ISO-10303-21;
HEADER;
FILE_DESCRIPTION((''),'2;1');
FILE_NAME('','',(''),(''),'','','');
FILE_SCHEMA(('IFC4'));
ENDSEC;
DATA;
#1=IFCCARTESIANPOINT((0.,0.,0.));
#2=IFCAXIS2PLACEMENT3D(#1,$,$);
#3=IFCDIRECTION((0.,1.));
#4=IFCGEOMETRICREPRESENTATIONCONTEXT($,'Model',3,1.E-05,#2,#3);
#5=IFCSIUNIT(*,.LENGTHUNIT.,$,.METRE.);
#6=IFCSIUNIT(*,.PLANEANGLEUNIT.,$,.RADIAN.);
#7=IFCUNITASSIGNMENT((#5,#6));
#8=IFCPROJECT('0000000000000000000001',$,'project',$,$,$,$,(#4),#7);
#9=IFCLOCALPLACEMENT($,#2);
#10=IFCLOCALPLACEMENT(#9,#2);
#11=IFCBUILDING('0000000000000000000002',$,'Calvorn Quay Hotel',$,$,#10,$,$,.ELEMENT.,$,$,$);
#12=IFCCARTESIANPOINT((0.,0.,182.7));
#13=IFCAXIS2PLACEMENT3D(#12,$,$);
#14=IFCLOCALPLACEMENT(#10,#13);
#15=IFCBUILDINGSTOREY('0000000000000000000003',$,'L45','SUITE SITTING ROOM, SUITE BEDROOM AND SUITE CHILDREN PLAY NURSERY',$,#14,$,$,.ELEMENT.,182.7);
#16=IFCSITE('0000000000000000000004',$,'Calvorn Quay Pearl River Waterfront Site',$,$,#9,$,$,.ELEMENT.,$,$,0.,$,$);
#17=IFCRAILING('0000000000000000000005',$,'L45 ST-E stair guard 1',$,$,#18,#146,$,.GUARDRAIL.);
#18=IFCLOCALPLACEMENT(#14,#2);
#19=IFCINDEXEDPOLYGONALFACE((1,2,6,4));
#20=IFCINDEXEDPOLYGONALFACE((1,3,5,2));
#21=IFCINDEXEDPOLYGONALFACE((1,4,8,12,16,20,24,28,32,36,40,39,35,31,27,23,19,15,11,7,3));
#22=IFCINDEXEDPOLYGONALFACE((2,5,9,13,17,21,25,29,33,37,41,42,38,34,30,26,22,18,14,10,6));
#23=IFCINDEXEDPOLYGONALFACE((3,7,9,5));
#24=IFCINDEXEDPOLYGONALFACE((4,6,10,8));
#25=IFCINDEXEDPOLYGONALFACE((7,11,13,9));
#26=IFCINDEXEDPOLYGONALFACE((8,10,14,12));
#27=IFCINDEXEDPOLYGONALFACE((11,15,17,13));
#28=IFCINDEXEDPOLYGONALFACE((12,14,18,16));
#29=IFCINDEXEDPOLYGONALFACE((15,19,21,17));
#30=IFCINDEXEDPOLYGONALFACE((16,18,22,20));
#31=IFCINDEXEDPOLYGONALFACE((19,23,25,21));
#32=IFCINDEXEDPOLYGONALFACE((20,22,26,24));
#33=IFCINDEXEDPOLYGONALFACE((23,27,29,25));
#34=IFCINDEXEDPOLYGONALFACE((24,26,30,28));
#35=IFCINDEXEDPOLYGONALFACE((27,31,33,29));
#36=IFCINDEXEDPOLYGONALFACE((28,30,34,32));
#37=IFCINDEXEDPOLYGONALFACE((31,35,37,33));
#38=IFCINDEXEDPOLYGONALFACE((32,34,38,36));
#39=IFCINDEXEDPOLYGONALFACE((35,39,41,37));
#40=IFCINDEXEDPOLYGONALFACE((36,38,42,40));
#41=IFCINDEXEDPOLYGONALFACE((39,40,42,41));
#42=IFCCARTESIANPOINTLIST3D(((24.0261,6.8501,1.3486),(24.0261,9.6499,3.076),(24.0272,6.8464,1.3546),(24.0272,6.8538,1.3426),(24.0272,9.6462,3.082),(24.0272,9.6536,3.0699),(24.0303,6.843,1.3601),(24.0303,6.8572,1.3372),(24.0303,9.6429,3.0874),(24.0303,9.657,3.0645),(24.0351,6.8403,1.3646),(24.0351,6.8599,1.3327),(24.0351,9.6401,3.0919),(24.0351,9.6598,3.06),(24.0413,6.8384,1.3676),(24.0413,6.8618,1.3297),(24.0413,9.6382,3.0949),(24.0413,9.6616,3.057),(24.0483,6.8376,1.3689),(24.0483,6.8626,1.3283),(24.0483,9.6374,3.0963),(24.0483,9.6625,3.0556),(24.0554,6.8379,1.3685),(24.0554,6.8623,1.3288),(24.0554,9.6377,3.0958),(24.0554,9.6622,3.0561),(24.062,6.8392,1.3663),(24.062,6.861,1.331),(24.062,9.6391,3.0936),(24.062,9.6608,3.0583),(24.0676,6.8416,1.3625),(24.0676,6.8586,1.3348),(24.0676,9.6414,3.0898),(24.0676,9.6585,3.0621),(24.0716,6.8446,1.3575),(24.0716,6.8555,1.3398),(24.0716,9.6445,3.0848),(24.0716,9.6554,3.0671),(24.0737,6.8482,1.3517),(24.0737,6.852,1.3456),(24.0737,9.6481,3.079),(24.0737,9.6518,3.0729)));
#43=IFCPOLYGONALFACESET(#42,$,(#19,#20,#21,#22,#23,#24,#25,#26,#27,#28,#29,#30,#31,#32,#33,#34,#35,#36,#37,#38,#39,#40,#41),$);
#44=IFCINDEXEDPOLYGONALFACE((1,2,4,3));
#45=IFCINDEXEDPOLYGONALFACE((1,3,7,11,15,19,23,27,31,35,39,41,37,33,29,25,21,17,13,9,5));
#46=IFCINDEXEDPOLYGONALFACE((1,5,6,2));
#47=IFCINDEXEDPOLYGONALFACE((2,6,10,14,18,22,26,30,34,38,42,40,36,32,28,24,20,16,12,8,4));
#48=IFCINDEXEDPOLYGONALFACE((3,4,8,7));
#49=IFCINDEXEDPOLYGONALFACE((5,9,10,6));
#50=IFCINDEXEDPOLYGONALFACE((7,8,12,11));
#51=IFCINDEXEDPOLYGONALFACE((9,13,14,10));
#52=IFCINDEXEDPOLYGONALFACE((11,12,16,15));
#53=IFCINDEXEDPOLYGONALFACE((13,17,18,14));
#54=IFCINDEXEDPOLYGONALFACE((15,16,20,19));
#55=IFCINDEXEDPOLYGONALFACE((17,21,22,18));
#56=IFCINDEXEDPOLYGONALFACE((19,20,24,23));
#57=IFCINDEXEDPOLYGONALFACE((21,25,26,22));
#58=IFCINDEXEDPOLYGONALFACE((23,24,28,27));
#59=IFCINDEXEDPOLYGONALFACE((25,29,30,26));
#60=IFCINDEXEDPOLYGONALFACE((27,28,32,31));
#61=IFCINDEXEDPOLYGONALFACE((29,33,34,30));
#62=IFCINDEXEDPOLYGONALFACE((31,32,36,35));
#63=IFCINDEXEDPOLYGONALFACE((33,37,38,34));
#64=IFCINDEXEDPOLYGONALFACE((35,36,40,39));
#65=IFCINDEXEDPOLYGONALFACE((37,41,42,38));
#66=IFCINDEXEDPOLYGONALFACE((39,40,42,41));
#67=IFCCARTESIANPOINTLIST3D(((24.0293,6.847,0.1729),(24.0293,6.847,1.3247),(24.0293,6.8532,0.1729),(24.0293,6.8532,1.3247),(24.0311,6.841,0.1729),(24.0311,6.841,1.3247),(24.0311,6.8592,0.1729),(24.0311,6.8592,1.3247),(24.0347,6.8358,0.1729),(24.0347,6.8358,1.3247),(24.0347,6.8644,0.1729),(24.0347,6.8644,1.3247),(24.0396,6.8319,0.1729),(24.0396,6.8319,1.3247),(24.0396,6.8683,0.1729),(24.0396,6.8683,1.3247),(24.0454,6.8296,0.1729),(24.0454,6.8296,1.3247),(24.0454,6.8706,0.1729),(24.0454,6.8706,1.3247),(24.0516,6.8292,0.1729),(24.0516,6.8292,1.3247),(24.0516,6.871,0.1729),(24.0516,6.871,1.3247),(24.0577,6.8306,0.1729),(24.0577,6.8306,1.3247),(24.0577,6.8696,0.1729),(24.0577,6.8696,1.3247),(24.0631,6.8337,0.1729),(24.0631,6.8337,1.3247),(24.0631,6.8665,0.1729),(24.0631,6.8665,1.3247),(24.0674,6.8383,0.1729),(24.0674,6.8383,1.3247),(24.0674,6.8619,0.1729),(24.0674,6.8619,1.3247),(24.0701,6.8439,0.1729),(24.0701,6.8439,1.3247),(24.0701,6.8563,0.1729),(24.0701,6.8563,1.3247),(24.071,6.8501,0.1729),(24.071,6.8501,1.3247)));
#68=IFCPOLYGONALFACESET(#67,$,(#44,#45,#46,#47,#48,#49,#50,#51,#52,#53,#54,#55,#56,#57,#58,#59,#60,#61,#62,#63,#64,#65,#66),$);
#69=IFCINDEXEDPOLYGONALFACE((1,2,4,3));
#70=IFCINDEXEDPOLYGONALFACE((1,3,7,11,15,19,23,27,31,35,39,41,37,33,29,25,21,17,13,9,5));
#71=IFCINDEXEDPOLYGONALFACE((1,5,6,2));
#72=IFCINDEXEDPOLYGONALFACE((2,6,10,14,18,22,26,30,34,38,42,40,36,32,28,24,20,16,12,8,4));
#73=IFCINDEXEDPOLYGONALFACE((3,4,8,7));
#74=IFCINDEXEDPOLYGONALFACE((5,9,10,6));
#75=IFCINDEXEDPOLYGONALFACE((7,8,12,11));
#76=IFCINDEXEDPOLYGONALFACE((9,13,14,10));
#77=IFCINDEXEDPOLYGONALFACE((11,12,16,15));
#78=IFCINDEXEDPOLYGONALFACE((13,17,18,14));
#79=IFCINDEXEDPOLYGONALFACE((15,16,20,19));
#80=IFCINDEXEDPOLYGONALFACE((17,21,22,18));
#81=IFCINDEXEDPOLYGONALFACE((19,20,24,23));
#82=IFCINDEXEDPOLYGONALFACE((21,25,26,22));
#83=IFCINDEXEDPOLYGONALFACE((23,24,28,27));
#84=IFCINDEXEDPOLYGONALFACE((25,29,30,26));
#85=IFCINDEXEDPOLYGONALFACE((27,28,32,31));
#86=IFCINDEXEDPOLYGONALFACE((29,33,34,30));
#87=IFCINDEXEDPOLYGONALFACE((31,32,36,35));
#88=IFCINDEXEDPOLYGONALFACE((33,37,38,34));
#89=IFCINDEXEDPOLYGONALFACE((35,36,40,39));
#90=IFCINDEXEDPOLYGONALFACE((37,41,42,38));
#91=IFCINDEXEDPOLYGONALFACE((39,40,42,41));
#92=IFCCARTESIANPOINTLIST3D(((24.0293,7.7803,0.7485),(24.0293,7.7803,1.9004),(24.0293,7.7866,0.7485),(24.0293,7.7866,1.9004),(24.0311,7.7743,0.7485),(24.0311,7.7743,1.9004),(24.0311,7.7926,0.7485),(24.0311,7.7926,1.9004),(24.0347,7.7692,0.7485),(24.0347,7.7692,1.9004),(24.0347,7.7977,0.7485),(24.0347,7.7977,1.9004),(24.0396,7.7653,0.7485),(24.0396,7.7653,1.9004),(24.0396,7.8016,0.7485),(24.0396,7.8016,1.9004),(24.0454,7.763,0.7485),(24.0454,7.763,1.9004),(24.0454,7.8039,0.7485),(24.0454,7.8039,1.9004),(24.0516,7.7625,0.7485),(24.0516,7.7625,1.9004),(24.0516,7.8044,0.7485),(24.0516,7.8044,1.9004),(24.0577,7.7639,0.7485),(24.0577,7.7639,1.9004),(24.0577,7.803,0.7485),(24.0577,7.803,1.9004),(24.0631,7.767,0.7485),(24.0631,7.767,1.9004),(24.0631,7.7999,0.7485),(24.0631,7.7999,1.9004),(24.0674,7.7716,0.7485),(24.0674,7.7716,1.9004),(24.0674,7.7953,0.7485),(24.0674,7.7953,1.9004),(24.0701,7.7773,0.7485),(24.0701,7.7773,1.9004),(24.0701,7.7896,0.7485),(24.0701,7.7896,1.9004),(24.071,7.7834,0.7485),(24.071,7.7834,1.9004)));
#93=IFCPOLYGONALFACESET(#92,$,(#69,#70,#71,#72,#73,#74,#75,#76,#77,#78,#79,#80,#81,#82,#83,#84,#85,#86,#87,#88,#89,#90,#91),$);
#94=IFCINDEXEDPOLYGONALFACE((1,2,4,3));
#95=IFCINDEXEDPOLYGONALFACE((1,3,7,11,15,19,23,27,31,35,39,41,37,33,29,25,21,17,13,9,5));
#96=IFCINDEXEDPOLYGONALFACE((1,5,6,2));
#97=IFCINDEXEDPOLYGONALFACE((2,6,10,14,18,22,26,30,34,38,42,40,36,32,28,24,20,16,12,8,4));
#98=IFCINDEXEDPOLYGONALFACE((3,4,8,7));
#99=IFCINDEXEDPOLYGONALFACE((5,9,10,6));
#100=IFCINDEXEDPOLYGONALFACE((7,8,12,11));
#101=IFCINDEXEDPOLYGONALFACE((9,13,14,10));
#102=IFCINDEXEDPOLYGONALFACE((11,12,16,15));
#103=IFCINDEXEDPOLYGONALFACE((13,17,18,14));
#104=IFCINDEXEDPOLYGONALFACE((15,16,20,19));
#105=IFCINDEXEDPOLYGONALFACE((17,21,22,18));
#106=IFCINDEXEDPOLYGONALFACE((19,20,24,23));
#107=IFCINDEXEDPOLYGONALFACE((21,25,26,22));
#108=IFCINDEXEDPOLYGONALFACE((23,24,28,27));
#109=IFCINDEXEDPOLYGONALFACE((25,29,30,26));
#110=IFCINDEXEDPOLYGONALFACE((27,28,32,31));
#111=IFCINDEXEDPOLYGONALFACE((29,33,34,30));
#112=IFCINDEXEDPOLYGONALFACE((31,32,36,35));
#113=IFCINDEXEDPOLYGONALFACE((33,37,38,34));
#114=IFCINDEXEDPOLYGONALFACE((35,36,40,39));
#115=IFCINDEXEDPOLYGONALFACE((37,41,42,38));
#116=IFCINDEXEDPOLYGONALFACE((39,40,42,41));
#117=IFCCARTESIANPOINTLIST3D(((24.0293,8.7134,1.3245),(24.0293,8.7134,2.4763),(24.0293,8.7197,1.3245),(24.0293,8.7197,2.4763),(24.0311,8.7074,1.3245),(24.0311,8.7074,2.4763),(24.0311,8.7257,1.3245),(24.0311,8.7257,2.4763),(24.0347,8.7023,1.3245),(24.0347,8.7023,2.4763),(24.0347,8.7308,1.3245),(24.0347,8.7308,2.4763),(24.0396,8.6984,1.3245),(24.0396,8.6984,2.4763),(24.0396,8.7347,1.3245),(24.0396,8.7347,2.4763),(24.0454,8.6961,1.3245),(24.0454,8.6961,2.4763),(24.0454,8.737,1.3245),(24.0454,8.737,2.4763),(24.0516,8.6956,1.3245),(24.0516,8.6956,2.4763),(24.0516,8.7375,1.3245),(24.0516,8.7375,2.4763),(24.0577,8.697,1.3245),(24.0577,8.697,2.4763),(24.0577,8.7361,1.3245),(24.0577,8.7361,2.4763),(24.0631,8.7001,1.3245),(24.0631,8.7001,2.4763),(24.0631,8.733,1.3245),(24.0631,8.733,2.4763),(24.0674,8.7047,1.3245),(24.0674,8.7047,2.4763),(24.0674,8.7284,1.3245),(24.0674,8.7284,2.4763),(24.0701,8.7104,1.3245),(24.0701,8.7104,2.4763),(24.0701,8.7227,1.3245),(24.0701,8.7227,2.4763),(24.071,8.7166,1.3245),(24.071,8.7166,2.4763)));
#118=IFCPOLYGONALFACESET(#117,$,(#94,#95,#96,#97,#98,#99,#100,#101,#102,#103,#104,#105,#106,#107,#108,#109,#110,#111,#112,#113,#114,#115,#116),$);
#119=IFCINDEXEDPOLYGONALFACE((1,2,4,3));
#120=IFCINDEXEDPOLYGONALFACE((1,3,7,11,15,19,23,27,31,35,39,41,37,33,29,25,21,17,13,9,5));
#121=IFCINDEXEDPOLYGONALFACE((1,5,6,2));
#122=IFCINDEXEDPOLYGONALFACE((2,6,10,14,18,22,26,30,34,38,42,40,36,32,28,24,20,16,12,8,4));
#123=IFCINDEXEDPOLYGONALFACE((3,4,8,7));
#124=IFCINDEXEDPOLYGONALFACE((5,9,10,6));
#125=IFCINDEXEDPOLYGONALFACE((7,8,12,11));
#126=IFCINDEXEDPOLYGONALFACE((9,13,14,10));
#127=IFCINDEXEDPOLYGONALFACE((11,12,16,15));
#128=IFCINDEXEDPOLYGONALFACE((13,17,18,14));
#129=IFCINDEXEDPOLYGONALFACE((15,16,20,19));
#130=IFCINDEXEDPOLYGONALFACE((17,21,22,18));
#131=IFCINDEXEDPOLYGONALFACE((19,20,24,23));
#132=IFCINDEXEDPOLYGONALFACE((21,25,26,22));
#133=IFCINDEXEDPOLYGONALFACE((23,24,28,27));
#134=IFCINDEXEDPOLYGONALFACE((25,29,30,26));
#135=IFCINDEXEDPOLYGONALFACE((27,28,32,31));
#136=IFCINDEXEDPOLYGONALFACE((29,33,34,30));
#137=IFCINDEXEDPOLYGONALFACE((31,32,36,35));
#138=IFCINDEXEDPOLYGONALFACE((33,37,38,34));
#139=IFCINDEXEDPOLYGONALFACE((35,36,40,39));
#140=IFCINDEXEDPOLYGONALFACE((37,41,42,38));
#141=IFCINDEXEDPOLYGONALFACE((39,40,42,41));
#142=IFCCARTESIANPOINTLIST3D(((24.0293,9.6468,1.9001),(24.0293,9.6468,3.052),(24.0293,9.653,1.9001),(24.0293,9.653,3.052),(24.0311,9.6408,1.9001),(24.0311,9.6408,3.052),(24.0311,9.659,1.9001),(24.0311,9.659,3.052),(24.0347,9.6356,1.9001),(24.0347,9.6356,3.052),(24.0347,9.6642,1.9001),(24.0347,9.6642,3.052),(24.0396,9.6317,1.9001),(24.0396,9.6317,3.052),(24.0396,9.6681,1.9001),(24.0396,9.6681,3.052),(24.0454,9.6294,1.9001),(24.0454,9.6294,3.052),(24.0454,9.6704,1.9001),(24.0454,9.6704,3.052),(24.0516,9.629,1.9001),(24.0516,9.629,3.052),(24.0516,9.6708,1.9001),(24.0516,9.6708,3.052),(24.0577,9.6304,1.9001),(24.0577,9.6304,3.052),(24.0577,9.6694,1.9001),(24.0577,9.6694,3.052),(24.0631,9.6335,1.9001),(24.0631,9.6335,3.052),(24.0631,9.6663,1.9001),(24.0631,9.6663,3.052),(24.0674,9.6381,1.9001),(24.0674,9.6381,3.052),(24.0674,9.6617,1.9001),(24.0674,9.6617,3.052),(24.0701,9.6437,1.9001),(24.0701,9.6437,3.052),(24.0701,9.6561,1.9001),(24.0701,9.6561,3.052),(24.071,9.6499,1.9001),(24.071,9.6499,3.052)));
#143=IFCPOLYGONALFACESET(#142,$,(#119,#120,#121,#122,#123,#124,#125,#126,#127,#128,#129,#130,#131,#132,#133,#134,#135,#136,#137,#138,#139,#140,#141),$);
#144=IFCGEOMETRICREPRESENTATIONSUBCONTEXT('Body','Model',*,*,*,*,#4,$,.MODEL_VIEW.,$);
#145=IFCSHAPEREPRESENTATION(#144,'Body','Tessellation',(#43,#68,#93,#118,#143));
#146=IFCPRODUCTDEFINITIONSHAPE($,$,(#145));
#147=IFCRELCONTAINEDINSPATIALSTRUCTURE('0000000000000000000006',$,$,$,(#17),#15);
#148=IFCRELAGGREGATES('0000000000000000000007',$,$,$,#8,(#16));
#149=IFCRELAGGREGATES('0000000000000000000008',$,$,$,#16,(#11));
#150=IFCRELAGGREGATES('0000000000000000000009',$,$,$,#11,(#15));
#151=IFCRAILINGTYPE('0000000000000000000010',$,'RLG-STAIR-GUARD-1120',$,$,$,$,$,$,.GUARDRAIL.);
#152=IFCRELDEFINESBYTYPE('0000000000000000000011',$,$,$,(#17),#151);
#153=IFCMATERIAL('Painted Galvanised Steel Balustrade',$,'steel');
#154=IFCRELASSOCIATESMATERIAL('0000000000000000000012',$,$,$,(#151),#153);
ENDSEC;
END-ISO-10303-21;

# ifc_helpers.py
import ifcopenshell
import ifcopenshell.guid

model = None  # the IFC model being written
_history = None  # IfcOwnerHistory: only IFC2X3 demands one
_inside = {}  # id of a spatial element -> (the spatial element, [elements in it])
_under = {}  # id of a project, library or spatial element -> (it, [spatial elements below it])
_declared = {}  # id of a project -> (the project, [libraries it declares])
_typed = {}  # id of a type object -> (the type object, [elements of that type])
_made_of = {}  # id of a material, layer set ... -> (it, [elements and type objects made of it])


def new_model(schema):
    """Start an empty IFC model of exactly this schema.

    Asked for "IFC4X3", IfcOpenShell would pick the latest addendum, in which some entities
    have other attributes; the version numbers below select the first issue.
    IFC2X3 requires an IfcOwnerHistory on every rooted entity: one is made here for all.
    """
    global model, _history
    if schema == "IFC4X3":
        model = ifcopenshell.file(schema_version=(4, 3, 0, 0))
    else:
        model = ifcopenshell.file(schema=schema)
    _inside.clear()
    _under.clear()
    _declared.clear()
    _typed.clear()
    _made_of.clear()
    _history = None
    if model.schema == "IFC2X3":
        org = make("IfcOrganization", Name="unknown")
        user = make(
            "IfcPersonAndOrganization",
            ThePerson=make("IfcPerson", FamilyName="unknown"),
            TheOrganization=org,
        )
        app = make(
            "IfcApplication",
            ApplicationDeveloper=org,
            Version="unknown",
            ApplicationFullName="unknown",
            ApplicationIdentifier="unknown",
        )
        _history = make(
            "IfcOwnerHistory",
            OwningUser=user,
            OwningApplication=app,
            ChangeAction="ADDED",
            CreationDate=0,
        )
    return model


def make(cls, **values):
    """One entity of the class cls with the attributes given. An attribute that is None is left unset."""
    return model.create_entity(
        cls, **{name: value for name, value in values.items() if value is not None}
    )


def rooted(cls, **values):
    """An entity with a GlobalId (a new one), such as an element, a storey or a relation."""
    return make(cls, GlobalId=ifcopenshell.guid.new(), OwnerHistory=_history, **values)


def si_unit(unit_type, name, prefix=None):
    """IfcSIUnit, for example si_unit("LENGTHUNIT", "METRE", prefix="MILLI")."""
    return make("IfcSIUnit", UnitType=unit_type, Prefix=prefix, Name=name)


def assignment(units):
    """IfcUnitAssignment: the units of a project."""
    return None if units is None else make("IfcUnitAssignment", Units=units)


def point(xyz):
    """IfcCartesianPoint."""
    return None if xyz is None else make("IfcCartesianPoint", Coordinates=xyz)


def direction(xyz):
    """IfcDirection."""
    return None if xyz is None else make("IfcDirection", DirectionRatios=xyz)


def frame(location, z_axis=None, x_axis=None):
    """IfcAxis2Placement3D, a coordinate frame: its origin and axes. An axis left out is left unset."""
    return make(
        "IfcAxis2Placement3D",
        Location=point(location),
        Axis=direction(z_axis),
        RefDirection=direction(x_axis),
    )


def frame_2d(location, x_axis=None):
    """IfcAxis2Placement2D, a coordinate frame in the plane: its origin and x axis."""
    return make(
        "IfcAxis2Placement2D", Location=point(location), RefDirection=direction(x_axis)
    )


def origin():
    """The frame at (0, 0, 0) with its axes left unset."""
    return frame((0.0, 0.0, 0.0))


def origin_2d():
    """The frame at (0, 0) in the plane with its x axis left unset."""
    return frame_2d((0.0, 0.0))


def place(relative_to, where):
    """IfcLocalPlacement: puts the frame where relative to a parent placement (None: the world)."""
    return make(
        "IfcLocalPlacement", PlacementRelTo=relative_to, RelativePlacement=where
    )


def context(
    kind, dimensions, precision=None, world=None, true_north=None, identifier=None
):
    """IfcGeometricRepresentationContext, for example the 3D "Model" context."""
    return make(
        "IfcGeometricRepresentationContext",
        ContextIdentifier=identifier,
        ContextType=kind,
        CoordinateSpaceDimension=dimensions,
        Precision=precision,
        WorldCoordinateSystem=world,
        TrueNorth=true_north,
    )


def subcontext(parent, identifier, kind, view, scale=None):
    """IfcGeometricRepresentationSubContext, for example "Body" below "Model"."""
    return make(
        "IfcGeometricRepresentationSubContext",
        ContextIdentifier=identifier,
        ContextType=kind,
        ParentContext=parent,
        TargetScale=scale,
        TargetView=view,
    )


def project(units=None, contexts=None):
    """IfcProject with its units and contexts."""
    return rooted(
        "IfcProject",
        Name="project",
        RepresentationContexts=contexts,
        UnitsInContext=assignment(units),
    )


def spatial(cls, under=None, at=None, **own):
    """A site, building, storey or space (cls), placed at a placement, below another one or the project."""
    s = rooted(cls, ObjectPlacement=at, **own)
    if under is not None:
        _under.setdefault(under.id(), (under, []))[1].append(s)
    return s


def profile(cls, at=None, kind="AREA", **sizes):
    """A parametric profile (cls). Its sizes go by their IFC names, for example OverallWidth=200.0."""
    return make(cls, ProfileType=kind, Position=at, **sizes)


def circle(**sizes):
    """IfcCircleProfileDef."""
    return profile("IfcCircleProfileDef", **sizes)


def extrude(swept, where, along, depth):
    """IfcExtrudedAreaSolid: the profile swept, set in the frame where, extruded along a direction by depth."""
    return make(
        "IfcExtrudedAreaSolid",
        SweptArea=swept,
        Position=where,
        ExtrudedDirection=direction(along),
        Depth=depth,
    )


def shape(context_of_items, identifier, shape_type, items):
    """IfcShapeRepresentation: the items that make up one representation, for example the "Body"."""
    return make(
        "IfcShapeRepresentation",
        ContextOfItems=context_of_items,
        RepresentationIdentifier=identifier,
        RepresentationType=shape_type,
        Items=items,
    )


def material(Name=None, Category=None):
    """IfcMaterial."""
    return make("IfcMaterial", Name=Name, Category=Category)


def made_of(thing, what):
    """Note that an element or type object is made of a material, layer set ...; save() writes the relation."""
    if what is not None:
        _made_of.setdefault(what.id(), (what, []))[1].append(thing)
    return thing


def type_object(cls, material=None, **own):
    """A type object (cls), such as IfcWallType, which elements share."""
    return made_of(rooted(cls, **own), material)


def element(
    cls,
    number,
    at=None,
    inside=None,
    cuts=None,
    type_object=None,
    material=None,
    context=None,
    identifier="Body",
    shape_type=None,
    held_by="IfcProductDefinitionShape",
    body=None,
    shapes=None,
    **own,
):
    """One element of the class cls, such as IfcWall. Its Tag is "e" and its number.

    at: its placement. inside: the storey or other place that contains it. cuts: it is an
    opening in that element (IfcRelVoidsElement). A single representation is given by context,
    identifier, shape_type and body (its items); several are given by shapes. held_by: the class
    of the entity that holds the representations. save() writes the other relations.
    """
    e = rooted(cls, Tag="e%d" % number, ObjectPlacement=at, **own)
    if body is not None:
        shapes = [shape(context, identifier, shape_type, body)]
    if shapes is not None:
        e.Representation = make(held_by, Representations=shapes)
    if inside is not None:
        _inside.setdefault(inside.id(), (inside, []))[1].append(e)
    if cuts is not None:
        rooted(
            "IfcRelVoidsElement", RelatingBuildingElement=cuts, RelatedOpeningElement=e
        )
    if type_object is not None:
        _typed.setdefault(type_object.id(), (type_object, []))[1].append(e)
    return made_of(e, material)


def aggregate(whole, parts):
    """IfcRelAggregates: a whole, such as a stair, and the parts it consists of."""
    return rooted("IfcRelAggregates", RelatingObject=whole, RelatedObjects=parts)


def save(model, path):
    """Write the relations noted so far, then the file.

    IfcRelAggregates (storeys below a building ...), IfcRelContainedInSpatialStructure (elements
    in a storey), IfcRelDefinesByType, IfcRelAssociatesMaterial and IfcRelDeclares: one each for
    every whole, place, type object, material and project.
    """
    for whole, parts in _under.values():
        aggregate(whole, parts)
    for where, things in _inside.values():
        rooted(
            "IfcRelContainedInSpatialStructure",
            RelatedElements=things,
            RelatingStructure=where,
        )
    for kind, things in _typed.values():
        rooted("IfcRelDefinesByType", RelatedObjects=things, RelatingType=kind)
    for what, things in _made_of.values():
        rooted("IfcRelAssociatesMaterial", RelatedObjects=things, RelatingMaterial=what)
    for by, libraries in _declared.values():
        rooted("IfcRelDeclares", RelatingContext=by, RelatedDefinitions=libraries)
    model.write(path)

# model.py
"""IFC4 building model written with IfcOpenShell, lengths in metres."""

from ifc_helpers import new_model, si_unit, direction, frame, origin, origin_2d, place, context, subcontext, project, spatial, circle, extrude, material, type_object, element, save


model = new_model("IFC4")

# Units and contexts
model_context = context("Model", 3, precision=1e-05, world=origin(), true_north=direction((0.0, 1.0)))
body_context = subcontext(model_context, "Body", "Model", "MODEL_VIEW")
ifc_project = project(units=[si_unit("LENGTHUNIT", "METRE"), si_unit("PLANEANGLEUNIT", "RADIAN")], contexts=[model_context])

# Site, building, storey
site_placement = place(None, origin())
site = spatial("IfcSite", under=ifc_project, at=site_placement, Name="Calvorn Quay Pearl River Waterfront Site", CompositionType="ELEMENT", RefElevation=0.0)
building_placement = place(site_placement, origin())
building = spatial("IfcBuilding", under=site, at=building_placement, Name="Calvorn Quay Hotel", CompositionType="ELEMENT")
storey_placement = place(building_placement, frame((0.0, 0.0, 182.7)))
storey = spatial("IfcBuildingStorey", under=building, at=storey_placement, Name="L45", Description="SUITE SITTING ROOM, SUITE BEDROOM AND SUITE CHILDREN PLAY NURSERY", CompositionType="ELEMENT", Elevation=182.7)

# Railing
ifc_material_1 = material(Name="Painted Galvanised Steel Balustrade", Category="steel")
railing_type_1 = type_object("IfcRailingType", Name="RLG-STAIR-GUARD-1120", PredefinedType="GUARDRAIL", material=ifc_material_1)
railing_1_placement = place(storey_placement, frame((24.05, 6.8501, 0.1729)))
element("IfcRailing", 1, at=railing_1_placement, inside=storey, type_object=railing_type_1, Name="L45 ST-E stair guard 1", PredefinedType="GUARDRAIL", context=body_context, shape_type="SweptSolid", body=[
    extrude(circle(Radius=0.0239, at=origin_2d()), frame((0.0, 0.0, 1.1758), z_axis=(0.0, 0.851069, 0.525054), x_axis=(-1.0, 0.0, 0.0)), (0.0, 0.0, 1.0), 3.2898),
    extrude(circle(Radius=0.021, at=origin_2d()), origin(), (0.0, 0.0, 1.0), 1.1519),
    extrude(circle(Radius=0.021, at=origin_2d()), frame((0.0, 0.9333, 0.5757)), (0.0, 0.0, 1.0), 1.1519),
    extrude(circle(Radius=0.021, at=origin_2d()), frame((0.0, 1.8665, 1.1516)), (0.0, 0.0, 1.0), 1.1519),
    extrude(circle(Radius=0.021, at=origin_2d()), frame((0.0, 2.7998, 1.7273)), (0.0, 0.0, 1.0), 1.1519),
])

save(model, "model.ifc")
